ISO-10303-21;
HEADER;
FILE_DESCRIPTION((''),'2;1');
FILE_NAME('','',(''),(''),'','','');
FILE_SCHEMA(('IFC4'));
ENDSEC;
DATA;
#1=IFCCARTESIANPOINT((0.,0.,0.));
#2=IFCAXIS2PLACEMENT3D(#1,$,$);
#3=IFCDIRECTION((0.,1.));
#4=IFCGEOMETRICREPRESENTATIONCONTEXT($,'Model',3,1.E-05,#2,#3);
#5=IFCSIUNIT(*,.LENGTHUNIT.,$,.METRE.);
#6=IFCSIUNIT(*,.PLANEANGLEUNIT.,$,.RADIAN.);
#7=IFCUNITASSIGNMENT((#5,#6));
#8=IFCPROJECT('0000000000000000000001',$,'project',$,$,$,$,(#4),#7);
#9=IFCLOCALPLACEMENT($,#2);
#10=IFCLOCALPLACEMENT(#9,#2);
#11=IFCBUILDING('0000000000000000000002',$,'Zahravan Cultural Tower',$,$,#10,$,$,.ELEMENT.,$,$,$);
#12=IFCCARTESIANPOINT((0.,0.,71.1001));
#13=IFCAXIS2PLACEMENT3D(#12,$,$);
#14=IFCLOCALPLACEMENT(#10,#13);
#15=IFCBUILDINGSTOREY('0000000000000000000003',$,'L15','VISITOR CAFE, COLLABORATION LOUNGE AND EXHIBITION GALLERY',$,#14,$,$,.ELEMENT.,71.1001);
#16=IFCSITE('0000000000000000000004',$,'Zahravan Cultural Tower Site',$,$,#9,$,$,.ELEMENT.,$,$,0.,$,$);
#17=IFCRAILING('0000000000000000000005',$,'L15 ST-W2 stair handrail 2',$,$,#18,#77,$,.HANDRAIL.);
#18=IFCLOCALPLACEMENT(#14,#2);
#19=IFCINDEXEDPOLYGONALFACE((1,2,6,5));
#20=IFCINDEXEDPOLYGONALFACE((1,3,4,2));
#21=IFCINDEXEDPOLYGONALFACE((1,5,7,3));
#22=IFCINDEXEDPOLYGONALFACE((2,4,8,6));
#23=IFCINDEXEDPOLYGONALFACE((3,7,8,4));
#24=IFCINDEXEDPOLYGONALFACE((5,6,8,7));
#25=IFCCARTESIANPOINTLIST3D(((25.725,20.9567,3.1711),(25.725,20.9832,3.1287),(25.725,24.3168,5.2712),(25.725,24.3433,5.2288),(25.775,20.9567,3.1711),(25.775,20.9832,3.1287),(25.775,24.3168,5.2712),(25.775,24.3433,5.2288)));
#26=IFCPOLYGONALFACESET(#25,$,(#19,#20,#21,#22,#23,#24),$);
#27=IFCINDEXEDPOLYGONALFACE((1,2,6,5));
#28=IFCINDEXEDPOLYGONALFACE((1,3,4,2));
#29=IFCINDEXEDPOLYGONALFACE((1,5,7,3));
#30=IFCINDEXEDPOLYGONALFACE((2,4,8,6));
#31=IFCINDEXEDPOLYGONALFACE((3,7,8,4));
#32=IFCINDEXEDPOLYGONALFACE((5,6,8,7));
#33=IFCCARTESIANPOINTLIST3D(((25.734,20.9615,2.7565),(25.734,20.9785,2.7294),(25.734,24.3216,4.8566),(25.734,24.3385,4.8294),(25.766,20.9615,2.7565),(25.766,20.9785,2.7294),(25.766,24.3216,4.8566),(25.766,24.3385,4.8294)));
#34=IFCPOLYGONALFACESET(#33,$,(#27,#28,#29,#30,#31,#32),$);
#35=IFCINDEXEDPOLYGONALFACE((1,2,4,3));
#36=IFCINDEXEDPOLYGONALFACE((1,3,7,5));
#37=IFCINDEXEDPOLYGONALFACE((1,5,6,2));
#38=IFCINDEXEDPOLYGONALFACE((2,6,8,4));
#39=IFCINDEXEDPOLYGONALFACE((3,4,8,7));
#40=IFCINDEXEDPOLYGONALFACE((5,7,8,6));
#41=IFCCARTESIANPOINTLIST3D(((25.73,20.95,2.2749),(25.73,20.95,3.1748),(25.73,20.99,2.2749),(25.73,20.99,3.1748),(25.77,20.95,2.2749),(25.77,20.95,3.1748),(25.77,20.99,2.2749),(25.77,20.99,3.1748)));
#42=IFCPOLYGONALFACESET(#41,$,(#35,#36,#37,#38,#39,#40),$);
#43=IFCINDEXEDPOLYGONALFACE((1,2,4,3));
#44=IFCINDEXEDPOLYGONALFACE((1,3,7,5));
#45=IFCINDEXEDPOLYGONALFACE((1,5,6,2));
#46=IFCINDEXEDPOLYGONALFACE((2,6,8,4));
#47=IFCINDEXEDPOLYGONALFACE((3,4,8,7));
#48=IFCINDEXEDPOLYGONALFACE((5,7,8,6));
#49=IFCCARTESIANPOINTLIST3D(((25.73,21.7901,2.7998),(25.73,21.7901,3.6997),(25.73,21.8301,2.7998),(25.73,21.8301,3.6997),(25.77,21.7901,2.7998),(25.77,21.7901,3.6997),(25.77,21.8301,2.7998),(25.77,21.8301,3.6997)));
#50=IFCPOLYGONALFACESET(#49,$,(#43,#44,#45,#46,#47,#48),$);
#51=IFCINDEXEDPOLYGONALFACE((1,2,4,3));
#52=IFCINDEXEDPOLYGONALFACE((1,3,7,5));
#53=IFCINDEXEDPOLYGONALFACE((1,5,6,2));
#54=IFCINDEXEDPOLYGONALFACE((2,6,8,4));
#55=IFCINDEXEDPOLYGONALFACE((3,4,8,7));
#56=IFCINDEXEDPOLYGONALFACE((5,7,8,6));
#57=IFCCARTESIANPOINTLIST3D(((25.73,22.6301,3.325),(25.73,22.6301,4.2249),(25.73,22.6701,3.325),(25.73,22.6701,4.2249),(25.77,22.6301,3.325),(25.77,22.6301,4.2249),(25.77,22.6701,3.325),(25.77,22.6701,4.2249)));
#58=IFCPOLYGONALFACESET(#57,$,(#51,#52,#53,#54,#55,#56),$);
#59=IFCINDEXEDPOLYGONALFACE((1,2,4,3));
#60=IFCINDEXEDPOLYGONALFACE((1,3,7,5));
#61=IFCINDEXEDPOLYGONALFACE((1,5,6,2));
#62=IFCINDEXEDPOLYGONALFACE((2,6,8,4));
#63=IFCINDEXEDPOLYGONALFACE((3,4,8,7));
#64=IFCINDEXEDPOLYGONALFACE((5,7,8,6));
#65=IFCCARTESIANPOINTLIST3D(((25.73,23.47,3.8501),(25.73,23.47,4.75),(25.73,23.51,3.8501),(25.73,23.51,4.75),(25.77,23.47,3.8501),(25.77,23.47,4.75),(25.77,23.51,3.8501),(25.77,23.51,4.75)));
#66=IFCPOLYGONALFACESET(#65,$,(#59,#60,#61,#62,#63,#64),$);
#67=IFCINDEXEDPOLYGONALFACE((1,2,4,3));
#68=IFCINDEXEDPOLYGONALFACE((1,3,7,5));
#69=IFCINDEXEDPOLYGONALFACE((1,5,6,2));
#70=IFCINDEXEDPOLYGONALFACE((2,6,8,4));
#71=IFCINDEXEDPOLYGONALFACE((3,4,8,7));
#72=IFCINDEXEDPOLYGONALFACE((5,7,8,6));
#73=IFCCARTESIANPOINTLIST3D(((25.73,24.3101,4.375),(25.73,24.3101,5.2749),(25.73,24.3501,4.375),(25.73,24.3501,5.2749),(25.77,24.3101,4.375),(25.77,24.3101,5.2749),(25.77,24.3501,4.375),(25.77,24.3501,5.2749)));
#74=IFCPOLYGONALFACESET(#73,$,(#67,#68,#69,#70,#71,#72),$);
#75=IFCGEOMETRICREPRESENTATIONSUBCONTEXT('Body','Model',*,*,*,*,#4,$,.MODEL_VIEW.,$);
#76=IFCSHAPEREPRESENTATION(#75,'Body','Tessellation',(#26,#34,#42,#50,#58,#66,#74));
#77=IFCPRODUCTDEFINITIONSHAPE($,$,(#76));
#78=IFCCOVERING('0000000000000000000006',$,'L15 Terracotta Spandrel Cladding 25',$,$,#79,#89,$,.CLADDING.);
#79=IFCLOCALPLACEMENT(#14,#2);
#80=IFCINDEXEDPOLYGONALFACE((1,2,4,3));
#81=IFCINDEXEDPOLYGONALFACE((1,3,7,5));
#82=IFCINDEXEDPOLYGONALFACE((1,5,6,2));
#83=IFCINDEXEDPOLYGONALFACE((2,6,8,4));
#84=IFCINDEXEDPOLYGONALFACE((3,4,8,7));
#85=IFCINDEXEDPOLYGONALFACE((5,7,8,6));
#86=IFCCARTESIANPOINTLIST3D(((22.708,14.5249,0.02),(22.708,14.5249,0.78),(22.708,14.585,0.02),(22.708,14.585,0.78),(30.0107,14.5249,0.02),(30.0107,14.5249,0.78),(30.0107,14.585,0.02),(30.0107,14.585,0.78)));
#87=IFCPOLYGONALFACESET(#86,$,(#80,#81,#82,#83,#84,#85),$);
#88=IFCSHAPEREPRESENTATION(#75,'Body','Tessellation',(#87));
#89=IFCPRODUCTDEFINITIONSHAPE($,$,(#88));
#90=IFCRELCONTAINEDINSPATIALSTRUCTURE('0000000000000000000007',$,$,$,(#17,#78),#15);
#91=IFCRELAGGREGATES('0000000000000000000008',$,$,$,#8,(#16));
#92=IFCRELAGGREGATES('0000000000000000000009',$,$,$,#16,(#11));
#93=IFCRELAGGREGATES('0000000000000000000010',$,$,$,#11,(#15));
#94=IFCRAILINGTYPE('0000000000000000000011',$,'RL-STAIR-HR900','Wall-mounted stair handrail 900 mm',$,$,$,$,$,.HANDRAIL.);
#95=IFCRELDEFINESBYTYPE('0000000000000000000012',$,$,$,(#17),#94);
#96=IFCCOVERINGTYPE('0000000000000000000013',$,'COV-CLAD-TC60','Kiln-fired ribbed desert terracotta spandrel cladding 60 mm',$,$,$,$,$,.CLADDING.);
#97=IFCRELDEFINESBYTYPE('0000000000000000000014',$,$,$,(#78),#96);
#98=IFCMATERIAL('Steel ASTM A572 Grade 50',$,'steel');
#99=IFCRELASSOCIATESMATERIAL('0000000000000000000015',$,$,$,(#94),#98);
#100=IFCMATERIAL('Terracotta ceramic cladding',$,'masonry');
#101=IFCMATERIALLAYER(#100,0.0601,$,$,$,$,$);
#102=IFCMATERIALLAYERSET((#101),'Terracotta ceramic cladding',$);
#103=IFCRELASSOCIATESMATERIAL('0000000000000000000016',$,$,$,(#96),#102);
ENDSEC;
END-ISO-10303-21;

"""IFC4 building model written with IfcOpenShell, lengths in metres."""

from ifc_helpers import new_model, si_unit, direction, frame, origin, origin_2d, place, context, subcontext, project, spatial, rectangle, extrude, source, transform, mapped, material, layer, layer_set, type_object, element, save


model = new_model("IFC4")

# Units and contexts
model_context = context("Model", 3, precision=1e-05, world=origin(), true_north=direction((0.0, 1.0)))
body_context = subcontext(model_context, "Body", "Model", "MODEL_VIEW")
ifc_project = project(units=[si_unit("LENGTHUNIT", "METRE"), si_unit("PLANEANGLEUNIT", "RADIAN")], contexts=[model_context])

# Site, building, storey
site_placement = place(None, origin())
site = spatial("IfcSite", under=ifc_project, at=site_placement, Name="Zahravan Cultural Tower Site", CompositionType="ELEMENT", RefElevation=0.0)
building_placement = place(site_placement, origin())
building = spatial("IfcBuilding", under=site, at=building_placement, Name="Zahravan Cultural Tower", CompositionType="ELEMENT")
storey_placement = place(building_placement, frame((0.0, 0.0, 71.1001)))
storey = spatial("IfcBuildingStorey", under=building, at=storey_placement, Name="L15", Description="VISITOR CAFE, COLLABORATION LOUNGE AND EXHIBITION GALLERY", CompositionType="ELEMENT", Elevation=71.1001)

# Shared definitions
ifc_material_1 = material(Name="Steel ASTM A572 Grade 50", Category="steel")

# Railing
railing_type_1 = type_object("IfcRailingType", Name="RL-STAIR-HR900", Description="Wall-mounted stair handrail 900 mm", PredefinedType="HANDRAIL", material=ifc_material_1)
railing_1_placement = place(storey_placement, frame((25.75, 20.97, 2.2749)))
element("IfcRailing", 1, at=railing_1_placement, inside=storey, type_object=railing_type_1, Name="L15 ST-W2 stair handrail 2", PredefinedType="HANDRAIL", context=body_context, shape_type="SweptSolid", body=[
    extrude(rectangle(XDim=0.05, YDim=0.05, at=origin_2d()), frame((0.0, 0.0, 0.875), z_axis=(0.0, 0.847995, 0.530004), x_axis=(-1.0, 0.0, 0.0)), (0.0, 0.0, 1.0), 3.9624),
    extrude(rectangle(XDim=0.032, YDim=0.032, at=origin_2d()), frame((0.0, 0.0, 0.468), z_axis=(0.0, 0.847995, 0.530004), x_axis=(-1.0, 0.0, 0.0)), (0.0, 0.0, 1.0), 3.9624),
    extrude(rectangle(XDim=0.04, YDim=0.04, at=origin_2d()), origin(), (0.0, 0.0, 1.0), 0.8999),
    extrude(rectangle(XDim=0.04, YDim=0.04, at=origin_2d()), frame((0.0, 0.8401, 0.5249)), (0.0, 0.0, 1.0), 0.8999),
    extrude(rectangle(XDim=0.04, YDim=0.04, at=origin_2d()), frame((0.0, 1.6802, 1.05)), (0.0, 0.0, 1.0), 0.8999),
    extrude(rectangle(XDim=0.04, YDim=0.04, at=origin_2d()), frame((0.0, 2.52, 1.5752)), (0.0, 0.0, 1.0), 0.8999),
    extrude(rectangle(XDim=0.04, YDim=0.04, at=origin_2d()), frame((0.0, 3.3601, 2.1001)), (0.0, 0.0, 1.0), 0.8999),
])

# Covering
ifc_material_2 = material(Name="Terracotta ceramic cladding", Category="masonry")
ifc_layer_1 = layer(ifc_material_2, 0.0601)
ifc_layer_set_1 = layer_set([ifc_layer_1], Name="Terracotta ceramic cladding")
covering_type = type_object("IfcCoveringType", Name="COV-CLAD-TC60", Description="Kiln-fired ribbed desert terracotta spandrel cladding 60 mm", PredefinedType="CLADDING", material=ifc_layer_set_1)
shared_shape_1 = source(origin(), body_context, "Body", "SweptSolid", [
    extrude(rectangle(XDim=7.3027, YDim=0.0601, at=origin_2d()), origin(), (0.0, 0.0, 1.0), 0.76),
])
covering_placement = place(storey_placement, frame((26.3594, 14.5549, 0.02), z_axis=(0.0, 0.0, 1.0), x_axis=(-1.0, 0.0, 0.0)))
element("IfcCovering", 2, at=covering_placement, inside=storey, type_object=covering_type, Name="L15 Terracotta Spandrel Cladding 25", PredefinedType="CLADDING", context=body_context, shape_type="MappedRepresentation", body=[
    mapped(shared_shape_1, transform((0.0, 0.0, 0.0), x_axis=(1.0, 0.0, 0.0), y_axis=(0.0, 1.0, 0.0), z_axis=(0.0, 0.0, 1.0), scale=1.0)),
])

save(model, "model.ifc")
